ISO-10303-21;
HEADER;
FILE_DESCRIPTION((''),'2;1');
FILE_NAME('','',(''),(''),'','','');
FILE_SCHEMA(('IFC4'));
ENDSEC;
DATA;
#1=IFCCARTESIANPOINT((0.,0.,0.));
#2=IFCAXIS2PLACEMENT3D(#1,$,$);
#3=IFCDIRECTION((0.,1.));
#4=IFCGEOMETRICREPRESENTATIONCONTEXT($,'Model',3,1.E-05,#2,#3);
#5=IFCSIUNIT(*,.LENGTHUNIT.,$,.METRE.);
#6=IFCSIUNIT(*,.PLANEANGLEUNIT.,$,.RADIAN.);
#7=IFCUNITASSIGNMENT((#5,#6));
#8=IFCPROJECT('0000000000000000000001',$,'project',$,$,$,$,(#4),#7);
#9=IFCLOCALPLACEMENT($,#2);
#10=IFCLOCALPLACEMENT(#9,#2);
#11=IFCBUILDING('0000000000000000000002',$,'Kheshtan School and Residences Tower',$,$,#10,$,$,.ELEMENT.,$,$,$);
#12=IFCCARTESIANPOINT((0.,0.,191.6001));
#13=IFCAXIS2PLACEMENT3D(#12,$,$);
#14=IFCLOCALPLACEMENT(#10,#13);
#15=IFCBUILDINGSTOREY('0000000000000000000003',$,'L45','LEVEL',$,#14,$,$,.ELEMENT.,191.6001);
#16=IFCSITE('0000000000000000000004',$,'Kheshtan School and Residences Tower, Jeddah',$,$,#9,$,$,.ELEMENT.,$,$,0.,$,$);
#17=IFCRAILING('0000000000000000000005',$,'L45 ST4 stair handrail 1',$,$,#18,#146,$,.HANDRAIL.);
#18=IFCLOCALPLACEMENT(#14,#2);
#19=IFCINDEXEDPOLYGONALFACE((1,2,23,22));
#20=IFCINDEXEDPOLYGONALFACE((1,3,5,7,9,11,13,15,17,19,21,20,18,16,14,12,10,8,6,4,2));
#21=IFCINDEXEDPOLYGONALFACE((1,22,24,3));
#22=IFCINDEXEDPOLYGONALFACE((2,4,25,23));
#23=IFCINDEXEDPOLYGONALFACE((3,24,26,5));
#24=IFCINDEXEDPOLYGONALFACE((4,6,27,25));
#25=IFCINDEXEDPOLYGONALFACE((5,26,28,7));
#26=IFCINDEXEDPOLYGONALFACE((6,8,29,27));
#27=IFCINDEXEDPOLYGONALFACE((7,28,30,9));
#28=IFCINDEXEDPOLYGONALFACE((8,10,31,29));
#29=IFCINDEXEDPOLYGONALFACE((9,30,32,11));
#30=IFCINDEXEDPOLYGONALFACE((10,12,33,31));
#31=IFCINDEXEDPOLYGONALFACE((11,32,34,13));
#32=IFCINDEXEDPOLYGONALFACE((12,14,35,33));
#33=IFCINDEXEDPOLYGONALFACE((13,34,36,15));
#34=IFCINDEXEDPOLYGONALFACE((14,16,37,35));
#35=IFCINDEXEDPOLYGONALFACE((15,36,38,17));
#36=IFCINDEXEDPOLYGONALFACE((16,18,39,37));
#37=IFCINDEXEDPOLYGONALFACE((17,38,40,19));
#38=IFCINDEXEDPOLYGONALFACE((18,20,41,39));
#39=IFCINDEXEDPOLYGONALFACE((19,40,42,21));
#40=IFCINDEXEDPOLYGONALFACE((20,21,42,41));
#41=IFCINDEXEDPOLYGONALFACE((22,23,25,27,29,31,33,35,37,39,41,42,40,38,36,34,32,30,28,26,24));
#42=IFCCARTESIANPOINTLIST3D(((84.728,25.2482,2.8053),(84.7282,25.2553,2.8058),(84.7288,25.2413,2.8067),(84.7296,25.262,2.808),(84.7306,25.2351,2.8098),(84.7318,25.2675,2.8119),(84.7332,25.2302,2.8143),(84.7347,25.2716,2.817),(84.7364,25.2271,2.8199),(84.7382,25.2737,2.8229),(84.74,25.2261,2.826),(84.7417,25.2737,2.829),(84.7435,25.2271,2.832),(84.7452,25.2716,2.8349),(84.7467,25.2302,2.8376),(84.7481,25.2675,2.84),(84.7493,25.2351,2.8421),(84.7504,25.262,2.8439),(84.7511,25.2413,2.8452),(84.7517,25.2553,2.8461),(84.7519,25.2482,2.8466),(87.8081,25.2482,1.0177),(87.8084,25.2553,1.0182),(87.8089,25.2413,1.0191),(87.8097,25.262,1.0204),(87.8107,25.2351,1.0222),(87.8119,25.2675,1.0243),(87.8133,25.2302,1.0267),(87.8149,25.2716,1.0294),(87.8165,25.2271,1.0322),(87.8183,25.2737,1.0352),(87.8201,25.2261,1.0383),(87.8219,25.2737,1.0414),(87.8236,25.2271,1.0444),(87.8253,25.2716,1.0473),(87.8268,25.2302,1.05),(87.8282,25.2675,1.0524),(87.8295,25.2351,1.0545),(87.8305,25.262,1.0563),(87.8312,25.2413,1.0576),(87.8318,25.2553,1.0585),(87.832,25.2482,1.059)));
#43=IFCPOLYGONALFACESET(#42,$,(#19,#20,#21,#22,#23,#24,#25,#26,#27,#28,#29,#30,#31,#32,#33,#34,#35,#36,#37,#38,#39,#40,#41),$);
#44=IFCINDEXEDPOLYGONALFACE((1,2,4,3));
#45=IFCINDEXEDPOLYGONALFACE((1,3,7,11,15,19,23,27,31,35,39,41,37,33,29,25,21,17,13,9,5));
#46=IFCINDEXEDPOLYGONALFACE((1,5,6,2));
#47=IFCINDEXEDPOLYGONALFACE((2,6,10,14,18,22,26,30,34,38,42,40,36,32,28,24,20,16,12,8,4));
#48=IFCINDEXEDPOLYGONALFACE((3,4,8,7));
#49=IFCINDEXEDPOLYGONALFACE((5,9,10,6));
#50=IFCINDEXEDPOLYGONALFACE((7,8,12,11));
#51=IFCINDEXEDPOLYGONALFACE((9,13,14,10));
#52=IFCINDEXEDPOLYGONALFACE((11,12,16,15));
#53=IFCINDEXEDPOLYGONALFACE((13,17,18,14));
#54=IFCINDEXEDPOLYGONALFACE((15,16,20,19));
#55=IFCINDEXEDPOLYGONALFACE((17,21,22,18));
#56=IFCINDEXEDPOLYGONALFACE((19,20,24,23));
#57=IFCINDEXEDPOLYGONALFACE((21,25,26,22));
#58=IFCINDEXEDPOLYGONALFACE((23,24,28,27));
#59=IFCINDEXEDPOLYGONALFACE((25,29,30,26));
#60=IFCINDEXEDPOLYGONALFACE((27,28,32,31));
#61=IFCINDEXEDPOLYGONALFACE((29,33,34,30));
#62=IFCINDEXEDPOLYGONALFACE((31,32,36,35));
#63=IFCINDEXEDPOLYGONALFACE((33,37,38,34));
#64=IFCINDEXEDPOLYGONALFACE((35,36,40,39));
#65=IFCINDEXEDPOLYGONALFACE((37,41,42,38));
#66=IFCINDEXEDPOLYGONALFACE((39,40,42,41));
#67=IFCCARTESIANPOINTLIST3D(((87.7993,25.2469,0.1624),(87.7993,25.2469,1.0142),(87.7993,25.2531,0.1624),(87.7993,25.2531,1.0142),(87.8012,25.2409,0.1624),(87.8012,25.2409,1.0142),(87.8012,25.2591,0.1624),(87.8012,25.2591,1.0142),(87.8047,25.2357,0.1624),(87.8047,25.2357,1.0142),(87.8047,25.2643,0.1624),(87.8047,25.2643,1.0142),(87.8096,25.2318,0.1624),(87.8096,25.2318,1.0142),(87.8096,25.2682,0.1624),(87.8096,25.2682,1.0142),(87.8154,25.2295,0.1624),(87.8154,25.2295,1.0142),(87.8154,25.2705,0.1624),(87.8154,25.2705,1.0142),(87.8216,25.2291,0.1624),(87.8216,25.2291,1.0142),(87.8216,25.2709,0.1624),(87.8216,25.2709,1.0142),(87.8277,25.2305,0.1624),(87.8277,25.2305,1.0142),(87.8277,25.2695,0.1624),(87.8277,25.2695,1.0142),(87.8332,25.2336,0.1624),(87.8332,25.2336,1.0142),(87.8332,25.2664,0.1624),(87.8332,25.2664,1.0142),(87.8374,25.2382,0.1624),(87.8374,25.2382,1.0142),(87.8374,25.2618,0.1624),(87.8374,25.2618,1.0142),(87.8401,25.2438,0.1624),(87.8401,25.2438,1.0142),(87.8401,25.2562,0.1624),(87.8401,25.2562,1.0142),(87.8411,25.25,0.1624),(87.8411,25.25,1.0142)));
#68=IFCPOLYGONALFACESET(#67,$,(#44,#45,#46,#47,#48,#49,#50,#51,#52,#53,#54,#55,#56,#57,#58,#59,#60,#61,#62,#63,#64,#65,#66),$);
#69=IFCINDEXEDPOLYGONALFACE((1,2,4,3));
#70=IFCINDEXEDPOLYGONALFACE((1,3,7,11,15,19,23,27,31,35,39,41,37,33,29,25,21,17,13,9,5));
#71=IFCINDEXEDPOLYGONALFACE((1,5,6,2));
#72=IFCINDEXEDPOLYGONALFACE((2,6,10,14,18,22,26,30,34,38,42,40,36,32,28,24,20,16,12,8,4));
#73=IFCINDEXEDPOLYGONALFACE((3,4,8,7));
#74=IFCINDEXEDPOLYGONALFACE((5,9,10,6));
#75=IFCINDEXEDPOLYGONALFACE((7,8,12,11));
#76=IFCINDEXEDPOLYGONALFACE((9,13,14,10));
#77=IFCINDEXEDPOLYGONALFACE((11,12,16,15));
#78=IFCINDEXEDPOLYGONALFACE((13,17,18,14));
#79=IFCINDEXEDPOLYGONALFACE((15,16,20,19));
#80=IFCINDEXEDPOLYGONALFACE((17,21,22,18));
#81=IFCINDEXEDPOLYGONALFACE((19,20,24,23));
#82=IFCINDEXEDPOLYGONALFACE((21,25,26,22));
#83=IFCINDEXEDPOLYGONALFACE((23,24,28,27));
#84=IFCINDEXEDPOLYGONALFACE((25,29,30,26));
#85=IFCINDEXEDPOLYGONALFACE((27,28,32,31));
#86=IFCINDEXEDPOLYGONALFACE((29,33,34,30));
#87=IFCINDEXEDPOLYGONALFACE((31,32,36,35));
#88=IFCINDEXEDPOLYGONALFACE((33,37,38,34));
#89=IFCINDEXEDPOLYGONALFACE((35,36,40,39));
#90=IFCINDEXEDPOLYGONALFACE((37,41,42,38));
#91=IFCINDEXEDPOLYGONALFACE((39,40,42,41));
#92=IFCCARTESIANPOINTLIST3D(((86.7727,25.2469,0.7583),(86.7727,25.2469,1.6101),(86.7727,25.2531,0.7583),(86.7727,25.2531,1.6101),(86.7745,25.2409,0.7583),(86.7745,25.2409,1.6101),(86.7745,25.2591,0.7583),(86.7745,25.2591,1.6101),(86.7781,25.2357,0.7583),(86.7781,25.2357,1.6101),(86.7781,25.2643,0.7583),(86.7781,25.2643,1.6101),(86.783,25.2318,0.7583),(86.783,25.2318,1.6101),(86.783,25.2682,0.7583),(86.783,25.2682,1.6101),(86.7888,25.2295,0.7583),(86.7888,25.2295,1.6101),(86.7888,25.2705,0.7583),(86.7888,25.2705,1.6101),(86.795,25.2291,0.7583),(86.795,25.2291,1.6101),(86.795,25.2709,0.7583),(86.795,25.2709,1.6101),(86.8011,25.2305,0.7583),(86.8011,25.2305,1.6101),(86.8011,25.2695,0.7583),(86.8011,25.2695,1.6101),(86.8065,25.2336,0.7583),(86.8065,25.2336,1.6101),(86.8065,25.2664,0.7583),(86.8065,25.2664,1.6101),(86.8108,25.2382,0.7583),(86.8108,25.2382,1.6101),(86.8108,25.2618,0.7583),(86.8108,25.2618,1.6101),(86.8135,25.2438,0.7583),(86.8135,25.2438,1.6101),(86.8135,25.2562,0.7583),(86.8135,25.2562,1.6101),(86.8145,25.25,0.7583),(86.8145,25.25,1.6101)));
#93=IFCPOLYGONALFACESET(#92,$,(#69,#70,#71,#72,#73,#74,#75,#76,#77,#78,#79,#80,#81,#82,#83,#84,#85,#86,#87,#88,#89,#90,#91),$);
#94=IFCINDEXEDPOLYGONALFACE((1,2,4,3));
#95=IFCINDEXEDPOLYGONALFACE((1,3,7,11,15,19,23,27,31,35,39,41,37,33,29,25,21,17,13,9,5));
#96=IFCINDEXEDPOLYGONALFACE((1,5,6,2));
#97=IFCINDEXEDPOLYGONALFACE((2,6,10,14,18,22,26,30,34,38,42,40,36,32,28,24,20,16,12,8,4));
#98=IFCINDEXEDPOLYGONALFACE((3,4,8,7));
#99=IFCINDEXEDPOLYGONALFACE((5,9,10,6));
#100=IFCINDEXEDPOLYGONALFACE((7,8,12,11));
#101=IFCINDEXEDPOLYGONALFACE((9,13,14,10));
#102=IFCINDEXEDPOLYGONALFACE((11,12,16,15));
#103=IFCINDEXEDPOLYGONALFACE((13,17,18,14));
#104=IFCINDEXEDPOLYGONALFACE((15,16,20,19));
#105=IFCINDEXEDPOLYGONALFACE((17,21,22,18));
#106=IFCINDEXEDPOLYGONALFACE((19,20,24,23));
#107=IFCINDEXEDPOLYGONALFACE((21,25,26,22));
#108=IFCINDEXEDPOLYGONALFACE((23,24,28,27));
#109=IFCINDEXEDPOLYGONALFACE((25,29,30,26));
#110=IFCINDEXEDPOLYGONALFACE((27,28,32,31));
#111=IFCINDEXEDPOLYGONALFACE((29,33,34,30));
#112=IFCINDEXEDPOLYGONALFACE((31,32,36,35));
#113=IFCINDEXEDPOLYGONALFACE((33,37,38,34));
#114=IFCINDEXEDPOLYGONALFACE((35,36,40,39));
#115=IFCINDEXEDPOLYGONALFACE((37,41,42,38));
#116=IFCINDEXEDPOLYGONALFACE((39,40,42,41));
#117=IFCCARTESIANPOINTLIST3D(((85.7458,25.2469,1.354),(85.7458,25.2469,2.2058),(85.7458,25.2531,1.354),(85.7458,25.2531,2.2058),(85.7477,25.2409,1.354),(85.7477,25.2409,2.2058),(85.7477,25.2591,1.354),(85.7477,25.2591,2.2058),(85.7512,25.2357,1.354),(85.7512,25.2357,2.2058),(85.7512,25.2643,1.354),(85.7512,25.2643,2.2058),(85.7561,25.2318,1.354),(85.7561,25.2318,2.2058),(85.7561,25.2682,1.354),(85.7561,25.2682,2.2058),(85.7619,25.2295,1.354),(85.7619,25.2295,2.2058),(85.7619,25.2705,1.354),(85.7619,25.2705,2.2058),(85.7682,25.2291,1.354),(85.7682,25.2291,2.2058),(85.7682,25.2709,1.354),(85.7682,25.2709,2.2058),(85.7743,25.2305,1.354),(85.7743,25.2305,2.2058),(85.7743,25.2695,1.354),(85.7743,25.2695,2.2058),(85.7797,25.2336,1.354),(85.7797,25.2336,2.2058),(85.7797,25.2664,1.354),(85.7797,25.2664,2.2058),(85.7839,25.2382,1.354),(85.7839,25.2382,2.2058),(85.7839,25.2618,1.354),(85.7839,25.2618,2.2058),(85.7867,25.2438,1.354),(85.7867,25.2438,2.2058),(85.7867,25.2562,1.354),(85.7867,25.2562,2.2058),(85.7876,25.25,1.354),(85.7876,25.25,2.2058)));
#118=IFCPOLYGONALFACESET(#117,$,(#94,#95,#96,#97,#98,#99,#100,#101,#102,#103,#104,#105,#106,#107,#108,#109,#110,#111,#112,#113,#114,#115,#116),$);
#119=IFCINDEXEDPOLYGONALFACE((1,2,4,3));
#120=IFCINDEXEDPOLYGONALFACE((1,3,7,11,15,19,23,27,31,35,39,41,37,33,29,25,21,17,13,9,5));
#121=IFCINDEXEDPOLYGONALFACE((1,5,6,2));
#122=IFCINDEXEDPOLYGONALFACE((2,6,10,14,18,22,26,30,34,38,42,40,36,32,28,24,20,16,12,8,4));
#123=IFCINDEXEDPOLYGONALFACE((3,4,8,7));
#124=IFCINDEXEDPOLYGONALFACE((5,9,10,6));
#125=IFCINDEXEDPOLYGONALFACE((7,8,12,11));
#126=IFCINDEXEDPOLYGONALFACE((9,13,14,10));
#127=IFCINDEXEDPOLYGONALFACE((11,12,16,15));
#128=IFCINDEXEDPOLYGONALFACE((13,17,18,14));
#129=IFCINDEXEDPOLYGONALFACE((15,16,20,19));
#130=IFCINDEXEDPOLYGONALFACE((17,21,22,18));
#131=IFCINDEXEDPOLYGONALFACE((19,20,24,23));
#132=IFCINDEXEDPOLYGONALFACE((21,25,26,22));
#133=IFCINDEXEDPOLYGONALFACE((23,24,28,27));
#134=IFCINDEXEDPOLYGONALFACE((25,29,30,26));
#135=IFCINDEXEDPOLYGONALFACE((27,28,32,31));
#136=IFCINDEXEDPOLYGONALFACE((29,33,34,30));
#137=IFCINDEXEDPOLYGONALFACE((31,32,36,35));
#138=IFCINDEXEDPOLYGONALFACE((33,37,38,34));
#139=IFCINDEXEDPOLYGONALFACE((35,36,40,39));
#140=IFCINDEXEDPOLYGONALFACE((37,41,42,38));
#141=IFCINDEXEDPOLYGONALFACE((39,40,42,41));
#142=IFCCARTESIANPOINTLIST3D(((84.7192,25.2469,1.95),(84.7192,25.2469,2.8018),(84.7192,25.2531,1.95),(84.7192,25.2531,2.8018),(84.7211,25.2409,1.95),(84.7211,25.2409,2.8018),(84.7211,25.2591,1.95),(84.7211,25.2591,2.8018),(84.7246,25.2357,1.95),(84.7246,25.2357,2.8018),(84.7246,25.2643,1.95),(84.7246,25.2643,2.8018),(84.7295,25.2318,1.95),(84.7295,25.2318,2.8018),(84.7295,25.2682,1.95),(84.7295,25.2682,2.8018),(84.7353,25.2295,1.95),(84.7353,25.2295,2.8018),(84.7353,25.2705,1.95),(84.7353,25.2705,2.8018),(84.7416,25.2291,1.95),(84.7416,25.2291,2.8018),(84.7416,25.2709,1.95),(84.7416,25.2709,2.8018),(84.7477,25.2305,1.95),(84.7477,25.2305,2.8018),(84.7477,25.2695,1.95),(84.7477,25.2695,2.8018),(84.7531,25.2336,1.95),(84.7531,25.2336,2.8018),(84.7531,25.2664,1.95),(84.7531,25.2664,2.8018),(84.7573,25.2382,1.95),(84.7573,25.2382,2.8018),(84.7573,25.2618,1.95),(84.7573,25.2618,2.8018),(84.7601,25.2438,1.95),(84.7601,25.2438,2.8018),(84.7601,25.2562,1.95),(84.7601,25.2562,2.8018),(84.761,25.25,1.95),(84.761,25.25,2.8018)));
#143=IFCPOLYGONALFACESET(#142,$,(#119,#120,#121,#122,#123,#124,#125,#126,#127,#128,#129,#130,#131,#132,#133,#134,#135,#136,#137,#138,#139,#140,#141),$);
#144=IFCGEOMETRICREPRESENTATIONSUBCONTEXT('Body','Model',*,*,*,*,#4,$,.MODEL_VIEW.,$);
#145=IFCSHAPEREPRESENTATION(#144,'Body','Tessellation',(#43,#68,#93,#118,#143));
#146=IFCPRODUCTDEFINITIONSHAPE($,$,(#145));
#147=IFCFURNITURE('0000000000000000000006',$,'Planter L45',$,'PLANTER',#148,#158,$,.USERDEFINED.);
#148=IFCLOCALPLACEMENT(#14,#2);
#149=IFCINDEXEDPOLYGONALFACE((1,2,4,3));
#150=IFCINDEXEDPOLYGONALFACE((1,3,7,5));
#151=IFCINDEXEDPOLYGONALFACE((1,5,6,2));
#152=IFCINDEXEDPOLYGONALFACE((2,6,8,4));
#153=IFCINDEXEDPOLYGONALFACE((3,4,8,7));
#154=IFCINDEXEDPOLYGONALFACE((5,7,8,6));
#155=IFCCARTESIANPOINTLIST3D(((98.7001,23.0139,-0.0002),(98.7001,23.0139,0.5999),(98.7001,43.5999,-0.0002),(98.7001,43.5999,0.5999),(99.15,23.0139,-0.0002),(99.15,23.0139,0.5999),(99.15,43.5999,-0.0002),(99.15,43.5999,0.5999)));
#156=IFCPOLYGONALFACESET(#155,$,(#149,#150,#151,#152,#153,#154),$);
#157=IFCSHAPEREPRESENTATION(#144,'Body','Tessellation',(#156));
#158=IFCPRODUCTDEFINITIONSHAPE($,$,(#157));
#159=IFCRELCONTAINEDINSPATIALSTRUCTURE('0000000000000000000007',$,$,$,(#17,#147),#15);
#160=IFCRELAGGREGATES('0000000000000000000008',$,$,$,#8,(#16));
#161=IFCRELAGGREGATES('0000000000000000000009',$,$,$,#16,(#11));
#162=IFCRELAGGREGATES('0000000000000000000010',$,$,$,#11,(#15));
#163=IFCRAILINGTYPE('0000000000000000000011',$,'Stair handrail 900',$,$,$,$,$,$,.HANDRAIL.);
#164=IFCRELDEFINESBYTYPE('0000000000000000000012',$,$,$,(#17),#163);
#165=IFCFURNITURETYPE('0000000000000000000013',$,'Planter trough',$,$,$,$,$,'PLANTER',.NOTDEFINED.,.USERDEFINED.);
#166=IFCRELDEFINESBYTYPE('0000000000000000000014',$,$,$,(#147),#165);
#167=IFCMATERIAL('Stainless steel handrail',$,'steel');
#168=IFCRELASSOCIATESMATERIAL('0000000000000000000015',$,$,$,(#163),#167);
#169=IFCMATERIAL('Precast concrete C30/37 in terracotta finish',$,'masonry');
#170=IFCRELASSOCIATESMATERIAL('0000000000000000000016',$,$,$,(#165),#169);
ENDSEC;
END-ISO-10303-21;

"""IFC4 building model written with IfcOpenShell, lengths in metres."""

from ifc_helpers import new_model, si_unit, direction, frame, origin, origin_2d, place, context, subcontext, project, spatial, rectangle, circle, extrude, material, type_object, element, save


model = new_model("IFC4")

# Units and contexts
model_context = context("Model", 3, precision=1e-05, world=origin(), true_north=direction((0.0, 1.0)))
body_context = subcontext(model_context, "Body", "Model", "MODEL_VIEW")
ifc_project = project(units=[si_unit("LENGTHUNIT", "METRE"), si_unit("PLANEANGLEUNIT", "RADIAN")], contexts=[model_context])

# Site, building, storey
site_placement = place(None, origin())
site = spatial("IfcSite", under=ifc_project, at=site_placement, Name="Kheshtan School and Residences Tower, Jeddah", CompositionType="ELEMENT", RefElevation=0.0)
building_placement = place(site_placement, origin())
building = spatial("IfcBuilding", under=site, at=building_placement, Name="Kheshtan School and Residences Tower", CompositionType="ELEMENT")
storey_placement = place(building_placement, frame((0.0, 0.0, 191.6001)))
storey = spatial("IfcBuildingStorey", under=building, at=storey_placement, Name="L45", Description="LEVEL", CompositionType="ELEMENT", Elevation=191.6001)

# Railing
ifc_material_1 = material(Name="Stainless steel handrail", Category="steel")
railing_type_1 = type_object("IfcRailingType", Name="Stair handrail 900", PredefinedType="HANDRAIL", material=ifc_material_1)
railing_1_placement = place(storey_placement, frame((87.8201, 25.25, 0.1624)))
element("IfcRailing", 1, at=railing_1_placement, inside=storey, type_object=railing_type_1, Name="L45 ST4 stair handrail 1", PredefinedType="HANDRAIL", context=body_context, shape_type="SweptSolid", body=[
    extrude(circle(Radius=0.0239, at=origin_2d()), frame((0.0, 0.0, 0.876), z_axis=(-0.864891, 0.0, 0.50196), x_axis=(0.0, -1.0, 0.0)), (0.0, 0.0, 1.0), 3.5613),
    extrude(circle(Radius=0.021, at=origin_2d()), origin(), (0.0, 0.0, 1.0), 0.8518),
    extrude(circle(Radius=0.021, at=origin_2d()), frame((-1.0266, 0.0, 0.5959)), (0.0, 0.0, 1.0), 0.8518),
    extrude(circle(Radius=0.021, at=origin_2d()), frame((-2.0535, 0.0, 1.1917)), (0.0, 0.0, 1.0), 0.8518),
    extrude(circle(Radius=0.021, at=origin_2d()), frame((-3.0801, 0.0, 1.7876)), (0.0, 0.0, 1.0), 0.8518),
])

# Furniture
ifc_material_2 = material(Name="Precast concrete C30/37 in terracotta finish", Category="masonry")
furniture_type = type_object("IfcFurnitureType", Name="Planter trough", ElementType="PLANTER", AssemblyPlace="NOTDEFINED", PredefinedType="USERDEFINED", material=ifc_material_2)
furniture_placement = place(storey_placement, frame((98.925, 33.3069, -0.0002), z_axis=(0.0, 0.0, 1.0), x_axis=(0.0, -1.0, 0.0)))
element("IfcFurniture", 2, at=furniture_placement, inside=storey, type_object=furniture_type, Name="Planter L45", ObjectType="PLANTER", PredefinedType="USERDEFINED", context=body_context, shape_type="SweptSolid", body=[
    extrude(rectangle(XDim=20.5859, YDim=0.45, at=origin_2d()), origin(), (0.0, 0.0, 1.0), 0.6001),
])

save(model, "model.ifc")
